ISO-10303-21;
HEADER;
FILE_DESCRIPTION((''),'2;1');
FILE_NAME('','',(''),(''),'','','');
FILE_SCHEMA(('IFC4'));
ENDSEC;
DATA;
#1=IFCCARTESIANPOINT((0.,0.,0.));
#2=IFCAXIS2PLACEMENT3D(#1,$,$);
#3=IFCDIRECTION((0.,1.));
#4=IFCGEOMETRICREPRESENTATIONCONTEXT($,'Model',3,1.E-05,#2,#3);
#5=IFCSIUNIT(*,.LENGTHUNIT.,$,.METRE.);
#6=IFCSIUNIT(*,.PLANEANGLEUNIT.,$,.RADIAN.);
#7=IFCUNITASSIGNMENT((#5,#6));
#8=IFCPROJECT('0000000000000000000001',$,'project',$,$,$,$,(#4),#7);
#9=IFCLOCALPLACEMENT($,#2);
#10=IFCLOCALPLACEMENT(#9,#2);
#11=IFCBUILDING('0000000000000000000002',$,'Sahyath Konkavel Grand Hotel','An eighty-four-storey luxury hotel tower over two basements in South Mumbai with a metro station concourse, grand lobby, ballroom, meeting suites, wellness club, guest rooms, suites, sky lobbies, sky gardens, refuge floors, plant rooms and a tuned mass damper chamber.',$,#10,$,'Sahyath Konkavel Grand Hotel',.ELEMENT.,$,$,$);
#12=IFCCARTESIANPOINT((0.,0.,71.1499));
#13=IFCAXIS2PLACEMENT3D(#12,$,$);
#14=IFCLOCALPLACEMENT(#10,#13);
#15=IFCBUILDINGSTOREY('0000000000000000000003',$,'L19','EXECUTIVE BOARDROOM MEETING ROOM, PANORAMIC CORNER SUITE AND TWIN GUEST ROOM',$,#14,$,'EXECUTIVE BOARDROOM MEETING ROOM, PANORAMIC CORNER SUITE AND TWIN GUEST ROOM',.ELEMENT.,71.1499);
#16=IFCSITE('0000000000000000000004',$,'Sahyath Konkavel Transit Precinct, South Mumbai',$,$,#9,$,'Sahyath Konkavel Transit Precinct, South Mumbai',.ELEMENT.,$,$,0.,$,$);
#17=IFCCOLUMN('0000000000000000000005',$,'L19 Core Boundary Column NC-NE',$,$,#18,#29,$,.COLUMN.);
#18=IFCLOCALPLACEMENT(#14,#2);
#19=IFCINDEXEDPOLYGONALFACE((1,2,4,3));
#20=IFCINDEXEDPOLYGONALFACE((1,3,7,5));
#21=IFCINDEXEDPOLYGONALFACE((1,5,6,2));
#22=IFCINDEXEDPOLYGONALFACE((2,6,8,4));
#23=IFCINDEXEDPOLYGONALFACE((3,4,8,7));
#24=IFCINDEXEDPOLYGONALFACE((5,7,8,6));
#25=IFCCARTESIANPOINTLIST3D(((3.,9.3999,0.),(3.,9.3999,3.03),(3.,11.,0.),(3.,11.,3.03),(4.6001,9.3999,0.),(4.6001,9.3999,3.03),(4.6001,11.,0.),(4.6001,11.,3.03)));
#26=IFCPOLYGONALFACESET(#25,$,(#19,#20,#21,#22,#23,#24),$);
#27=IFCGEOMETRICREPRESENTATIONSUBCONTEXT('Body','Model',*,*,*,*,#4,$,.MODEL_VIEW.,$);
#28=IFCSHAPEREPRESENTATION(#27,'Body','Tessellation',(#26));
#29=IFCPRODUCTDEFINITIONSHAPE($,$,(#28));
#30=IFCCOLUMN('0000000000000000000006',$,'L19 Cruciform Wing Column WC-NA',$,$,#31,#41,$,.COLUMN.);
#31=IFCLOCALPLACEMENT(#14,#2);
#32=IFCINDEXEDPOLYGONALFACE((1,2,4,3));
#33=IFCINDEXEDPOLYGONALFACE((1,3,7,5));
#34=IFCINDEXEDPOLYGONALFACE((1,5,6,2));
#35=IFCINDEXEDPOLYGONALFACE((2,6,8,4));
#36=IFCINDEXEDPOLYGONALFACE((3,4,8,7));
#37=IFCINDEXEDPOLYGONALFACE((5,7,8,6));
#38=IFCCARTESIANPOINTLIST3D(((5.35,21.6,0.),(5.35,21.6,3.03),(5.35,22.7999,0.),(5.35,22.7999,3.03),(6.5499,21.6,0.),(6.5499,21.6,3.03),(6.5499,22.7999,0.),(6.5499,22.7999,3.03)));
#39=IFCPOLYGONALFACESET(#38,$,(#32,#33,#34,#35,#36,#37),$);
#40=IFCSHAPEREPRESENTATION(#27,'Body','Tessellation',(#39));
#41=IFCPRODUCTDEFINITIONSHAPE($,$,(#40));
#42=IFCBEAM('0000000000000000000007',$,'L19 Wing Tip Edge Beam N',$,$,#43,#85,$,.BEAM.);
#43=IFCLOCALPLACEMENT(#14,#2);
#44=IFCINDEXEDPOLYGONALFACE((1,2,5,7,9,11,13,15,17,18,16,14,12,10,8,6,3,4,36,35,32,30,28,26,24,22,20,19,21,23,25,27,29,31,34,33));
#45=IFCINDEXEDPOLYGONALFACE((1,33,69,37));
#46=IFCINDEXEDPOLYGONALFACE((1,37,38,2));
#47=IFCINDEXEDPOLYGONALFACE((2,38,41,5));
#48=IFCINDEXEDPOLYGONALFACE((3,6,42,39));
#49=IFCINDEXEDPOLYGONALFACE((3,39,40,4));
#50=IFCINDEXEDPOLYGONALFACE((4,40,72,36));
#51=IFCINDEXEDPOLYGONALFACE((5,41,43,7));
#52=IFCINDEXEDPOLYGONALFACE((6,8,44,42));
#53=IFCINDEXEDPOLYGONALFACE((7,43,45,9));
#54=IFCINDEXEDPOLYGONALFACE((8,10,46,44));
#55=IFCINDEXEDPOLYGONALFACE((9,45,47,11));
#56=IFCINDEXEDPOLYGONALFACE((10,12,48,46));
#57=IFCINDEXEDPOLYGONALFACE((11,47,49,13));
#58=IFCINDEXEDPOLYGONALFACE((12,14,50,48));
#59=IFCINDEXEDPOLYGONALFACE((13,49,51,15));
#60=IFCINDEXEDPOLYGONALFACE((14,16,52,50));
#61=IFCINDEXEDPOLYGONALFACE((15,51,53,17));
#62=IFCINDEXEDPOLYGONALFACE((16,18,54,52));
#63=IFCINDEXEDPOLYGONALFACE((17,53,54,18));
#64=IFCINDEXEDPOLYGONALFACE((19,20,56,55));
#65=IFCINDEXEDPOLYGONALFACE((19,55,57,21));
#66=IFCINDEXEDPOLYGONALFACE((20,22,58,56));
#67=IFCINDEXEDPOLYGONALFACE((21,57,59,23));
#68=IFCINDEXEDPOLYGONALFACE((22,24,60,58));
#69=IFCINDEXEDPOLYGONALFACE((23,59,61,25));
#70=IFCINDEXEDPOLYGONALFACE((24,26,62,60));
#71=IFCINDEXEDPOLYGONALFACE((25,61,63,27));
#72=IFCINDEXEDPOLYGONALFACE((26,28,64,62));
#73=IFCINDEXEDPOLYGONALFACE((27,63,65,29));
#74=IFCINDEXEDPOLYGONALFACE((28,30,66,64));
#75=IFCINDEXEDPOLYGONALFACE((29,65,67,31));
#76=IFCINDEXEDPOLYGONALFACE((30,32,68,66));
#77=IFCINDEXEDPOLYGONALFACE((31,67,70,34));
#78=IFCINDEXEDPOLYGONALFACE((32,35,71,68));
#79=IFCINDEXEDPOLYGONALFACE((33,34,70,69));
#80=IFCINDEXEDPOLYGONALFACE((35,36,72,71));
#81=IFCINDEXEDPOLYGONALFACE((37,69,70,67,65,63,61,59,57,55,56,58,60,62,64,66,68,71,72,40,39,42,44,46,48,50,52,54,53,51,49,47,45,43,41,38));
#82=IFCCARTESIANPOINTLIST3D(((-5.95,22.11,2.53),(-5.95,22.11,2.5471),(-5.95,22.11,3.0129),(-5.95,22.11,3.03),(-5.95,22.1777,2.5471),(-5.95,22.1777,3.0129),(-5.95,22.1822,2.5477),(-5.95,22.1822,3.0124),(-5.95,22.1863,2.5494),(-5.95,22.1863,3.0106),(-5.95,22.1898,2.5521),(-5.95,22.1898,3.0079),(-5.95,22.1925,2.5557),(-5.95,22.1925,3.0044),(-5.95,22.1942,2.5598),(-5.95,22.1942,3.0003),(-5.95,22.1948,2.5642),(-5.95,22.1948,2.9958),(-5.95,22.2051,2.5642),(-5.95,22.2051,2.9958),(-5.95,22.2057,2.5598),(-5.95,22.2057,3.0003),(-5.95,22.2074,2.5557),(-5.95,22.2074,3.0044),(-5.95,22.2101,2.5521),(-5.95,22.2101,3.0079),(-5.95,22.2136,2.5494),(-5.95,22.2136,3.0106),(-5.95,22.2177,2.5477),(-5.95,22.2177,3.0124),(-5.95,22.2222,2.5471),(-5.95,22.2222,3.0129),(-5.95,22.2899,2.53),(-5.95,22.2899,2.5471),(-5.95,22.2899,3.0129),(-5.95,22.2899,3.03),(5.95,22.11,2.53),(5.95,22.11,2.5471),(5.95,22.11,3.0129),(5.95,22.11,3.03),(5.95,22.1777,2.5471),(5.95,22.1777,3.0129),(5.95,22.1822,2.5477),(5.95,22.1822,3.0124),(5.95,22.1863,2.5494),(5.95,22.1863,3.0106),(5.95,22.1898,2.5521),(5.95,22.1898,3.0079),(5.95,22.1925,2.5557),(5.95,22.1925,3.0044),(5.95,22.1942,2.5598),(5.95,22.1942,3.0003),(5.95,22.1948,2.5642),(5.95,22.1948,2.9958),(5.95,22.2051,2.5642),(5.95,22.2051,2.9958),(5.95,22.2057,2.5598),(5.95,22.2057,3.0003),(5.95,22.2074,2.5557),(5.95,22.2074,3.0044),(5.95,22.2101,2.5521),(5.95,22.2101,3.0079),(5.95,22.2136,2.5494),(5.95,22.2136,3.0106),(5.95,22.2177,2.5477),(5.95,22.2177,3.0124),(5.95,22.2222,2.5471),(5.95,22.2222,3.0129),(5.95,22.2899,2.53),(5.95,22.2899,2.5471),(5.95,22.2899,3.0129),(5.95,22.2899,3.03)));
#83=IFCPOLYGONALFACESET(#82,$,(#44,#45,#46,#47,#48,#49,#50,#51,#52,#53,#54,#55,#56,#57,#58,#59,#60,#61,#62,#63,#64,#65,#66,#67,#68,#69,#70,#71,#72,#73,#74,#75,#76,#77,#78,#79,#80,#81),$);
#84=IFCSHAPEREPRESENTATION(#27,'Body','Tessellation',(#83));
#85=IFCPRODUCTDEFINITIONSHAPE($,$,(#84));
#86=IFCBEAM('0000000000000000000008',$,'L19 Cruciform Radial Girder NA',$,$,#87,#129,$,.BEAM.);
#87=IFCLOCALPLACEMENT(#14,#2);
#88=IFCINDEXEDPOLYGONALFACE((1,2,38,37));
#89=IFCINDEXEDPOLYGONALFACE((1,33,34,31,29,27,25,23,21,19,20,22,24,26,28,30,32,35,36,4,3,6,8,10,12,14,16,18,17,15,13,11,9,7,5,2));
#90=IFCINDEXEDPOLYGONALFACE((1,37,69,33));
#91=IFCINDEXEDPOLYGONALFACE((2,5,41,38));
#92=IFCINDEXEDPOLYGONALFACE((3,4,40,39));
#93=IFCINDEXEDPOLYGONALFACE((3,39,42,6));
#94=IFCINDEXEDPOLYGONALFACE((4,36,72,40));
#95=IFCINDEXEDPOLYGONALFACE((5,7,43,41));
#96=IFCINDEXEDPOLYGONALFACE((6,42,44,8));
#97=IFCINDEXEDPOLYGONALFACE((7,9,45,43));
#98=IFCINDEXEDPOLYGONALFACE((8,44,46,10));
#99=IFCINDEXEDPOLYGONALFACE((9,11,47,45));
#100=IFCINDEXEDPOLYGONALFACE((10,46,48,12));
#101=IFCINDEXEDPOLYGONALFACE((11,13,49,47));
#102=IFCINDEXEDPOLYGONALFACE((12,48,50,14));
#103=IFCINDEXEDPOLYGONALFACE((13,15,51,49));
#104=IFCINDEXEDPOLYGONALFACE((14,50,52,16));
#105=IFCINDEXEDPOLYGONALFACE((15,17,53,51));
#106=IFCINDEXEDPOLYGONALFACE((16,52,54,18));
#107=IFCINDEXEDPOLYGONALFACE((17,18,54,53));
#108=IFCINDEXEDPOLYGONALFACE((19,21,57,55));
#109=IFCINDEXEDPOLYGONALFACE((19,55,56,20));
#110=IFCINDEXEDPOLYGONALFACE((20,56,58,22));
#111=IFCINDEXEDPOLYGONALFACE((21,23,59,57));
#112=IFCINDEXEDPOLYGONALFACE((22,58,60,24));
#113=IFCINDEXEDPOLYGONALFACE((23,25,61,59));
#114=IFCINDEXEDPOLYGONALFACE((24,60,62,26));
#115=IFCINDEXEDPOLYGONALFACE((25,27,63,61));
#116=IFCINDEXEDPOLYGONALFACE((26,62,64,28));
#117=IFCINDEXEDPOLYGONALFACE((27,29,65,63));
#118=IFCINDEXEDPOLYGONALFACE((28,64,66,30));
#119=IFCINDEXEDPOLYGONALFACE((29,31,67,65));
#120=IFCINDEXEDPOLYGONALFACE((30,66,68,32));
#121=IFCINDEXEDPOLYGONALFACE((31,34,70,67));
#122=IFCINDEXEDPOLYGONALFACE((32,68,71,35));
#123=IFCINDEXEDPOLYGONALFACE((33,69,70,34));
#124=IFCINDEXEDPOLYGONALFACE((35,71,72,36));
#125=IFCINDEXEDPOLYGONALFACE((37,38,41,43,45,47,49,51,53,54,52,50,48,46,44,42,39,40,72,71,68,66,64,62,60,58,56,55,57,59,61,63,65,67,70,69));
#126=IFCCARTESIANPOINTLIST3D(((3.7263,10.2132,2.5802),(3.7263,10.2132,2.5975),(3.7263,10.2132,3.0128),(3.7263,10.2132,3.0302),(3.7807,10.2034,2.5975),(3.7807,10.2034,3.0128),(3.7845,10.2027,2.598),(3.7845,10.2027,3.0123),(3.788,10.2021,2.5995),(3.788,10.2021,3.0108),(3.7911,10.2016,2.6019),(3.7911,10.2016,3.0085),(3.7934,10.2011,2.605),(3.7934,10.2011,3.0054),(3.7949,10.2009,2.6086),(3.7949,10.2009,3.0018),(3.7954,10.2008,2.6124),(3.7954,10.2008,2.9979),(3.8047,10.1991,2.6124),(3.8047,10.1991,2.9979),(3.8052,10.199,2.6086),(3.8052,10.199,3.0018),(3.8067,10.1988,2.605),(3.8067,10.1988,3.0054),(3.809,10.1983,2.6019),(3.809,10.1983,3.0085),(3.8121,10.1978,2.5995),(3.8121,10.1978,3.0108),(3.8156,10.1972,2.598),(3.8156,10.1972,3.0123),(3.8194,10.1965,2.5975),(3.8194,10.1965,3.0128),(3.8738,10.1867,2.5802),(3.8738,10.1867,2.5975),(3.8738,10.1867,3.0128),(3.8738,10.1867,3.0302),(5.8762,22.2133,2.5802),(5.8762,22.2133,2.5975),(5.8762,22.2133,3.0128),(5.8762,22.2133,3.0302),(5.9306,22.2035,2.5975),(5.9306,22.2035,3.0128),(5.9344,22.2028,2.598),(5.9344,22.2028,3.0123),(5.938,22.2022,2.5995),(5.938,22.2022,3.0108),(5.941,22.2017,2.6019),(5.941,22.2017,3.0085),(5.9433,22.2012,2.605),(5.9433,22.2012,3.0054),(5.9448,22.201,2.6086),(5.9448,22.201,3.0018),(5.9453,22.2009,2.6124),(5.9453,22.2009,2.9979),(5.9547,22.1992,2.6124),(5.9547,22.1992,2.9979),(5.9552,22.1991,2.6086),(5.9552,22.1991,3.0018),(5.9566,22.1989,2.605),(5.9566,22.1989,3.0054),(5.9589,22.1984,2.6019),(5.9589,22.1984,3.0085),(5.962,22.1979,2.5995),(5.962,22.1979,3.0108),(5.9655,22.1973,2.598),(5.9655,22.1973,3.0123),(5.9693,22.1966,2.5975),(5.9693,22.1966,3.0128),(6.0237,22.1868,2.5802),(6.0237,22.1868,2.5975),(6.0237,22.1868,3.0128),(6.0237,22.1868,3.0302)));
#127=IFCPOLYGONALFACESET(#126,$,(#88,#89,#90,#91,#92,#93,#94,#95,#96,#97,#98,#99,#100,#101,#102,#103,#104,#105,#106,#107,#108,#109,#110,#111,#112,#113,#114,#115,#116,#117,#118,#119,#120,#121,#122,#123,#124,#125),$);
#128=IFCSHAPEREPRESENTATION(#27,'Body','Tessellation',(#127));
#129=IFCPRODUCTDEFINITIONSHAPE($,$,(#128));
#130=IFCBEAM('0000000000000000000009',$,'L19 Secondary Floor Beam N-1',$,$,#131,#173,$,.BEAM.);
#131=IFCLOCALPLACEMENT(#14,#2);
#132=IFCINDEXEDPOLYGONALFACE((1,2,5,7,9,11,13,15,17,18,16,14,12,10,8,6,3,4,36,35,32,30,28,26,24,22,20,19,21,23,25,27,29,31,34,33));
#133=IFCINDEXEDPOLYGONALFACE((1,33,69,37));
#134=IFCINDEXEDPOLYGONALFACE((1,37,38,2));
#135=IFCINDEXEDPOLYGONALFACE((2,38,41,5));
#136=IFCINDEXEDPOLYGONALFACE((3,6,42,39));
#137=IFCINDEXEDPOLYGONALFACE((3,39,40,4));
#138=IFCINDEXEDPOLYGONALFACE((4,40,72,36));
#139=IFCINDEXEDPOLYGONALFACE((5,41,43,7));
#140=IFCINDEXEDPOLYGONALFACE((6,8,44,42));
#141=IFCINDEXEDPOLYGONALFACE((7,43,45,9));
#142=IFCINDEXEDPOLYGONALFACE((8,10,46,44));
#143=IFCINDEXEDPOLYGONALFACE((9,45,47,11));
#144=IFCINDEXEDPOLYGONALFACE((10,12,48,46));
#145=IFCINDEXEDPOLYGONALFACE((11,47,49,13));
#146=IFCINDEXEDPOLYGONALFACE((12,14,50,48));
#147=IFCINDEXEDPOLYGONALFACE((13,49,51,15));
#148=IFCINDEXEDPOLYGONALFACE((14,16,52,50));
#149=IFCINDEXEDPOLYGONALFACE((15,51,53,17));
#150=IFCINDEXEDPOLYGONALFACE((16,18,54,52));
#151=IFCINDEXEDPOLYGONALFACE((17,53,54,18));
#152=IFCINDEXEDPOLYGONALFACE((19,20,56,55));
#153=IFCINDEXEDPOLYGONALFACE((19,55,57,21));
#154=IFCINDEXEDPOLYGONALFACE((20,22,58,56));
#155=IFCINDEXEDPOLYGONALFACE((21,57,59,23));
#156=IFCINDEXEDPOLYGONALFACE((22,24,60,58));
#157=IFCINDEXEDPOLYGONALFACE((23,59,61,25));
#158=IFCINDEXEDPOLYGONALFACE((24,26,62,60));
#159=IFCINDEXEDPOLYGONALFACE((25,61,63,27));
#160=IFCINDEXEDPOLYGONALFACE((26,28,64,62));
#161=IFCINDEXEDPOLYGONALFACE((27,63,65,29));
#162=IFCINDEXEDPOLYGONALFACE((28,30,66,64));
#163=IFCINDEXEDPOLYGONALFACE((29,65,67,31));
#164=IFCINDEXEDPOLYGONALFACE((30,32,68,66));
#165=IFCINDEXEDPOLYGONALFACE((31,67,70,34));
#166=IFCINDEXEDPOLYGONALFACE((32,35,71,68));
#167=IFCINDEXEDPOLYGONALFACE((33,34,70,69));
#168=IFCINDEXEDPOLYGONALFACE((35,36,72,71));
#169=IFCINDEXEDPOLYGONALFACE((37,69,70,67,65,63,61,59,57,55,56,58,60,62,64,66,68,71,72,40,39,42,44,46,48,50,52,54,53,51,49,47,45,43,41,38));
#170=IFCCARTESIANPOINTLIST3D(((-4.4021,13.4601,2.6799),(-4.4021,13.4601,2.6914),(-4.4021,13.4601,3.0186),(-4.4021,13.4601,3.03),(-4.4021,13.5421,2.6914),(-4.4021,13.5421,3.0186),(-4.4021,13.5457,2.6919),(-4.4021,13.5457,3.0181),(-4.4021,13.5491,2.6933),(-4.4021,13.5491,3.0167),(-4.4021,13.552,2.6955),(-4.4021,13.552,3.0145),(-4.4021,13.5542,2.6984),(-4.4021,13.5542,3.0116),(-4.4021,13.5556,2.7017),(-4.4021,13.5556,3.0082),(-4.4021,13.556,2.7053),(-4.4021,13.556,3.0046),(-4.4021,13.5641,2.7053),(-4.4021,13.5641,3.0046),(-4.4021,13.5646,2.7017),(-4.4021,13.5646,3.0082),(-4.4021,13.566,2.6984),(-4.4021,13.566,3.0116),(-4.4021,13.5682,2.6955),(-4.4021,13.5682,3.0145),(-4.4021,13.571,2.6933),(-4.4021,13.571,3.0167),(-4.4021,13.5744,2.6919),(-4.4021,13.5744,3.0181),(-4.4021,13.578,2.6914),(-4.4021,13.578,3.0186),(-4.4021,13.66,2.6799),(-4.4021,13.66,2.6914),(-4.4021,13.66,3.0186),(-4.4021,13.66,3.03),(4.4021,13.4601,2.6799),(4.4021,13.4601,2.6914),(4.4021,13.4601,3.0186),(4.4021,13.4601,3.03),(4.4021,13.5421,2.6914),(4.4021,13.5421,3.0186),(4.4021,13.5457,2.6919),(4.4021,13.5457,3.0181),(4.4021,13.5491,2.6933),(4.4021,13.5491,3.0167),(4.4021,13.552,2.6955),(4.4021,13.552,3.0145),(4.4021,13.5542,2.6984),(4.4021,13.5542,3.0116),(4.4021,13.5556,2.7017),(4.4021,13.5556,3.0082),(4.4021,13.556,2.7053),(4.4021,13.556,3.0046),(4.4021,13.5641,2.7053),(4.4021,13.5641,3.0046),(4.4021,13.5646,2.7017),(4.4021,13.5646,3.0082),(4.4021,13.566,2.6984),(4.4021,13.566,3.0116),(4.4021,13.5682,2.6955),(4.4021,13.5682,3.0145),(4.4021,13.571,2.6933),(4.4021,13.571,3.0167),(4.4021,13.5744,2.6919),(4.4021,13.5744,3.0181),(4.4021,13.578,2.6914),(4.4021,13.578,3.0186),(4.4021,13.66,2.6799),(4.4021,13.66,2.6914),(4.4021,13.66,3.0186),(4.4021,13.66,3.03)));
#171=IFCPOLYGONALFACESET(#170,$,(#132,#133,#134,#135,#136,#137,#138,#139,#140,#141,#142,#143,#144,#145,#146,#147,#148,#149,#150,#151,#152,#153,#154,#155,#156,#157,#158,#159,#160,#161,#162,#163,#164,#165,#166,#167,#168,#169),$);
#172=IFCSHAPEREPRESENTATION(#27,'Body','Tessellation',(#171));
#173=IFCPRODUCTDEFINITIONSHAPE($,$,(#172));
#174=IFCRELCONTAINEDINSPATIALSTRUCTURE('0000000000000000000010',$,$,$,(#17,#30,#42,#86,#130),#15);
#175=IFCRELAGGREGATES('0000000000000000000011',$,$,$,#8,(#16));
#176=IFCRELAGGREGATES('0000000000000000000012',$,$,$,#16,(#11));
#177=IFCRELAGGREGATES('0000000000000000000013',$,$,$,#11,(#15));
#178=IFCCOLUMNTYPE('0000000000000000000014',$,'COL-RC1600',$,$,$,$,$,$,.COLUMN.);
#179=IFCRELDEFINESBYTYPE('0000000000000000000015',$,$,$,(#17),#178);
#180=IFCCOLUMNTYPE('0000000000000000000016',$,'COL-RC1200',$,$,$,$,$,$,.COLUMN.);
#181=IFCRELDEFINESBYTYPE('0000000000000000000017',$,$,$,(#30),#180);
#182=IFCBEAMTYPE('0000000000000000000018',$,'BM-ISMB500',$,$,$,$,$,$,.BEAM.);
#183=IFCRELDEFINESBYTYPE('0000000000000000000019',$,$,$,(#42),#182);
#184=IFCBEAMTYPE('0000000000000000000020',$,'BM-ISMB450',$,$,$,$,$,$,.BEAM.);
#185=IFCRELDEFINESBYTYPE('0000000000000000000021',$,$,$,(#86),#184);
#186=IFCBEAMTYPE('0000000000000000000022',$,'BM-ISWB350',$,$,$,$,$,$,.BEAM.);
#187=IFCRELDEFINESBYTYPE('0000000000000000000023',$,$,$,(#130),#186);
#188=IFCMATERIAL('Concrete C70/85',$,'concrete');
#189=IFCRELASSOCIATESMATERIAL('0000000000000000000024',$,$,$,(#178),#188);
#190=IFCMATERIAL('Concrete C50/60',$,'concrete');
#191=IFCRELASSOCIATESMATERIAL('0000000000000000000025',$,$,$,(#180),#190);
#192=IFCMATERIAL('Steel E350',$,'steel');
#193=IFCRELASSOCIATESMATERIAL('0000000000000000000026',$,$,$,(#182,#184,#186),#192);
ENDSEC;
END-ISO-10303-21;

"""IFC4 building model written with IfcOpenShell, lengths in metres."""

from ifc_helpers import new_model, si_unit, direction, frame, origin, origin_2d, place, context, subcontext, project, spatial, rectangle, i_section, extrude, source, transform, mapped, material, material_profile, profile_set, type_object, element, save


model = new_model("IFC4")

# Units and contexts
model_context = context("Model", 3, precision=1e-05, world=origin(), true_north=direction((0.0, 1.0)))
body_context = subcontext(model_context, "Body", "Model", "MODEL_VIEW")
ifc_project = project(units=[si_unit("LENGTHUNIT", "METRE"), si_unit("PLANEANGLEUNIT", "RADIAN")], contexts=[model_context])

# Site, building, storey
site_placement = place(None, origin())
site = spatial("IfcSite", under=ifc_project, at=site_placement, Name="Sahyath Konkavel Transit Precinct, South Mumbai", LongName="Sahyath Konkavel Transit Precinct, South Mumbai", CompositionType="ELEMENT", RefElevation=0.0)
building_placement = place(site_placement, origin())
building = spatial("IfcBuilding", under=site, at=building_placement, Name="Sahyath Konkavel Grand Hotel", Description="An eighty-four-storey luxury hotel tower over two basements in South Mumbai with a metro station concourse, grand lobby, ballroom, meeting suites, wellness club, guest rooms, suites, sky lobbies, sky gardens, refuge floors, plant rooms and a tuned mass damper chamber.", LongName="Sahyath Konkavel Grand Hotel", CompositionType="ELEMENT")
storey_placement = place(building_placement, frame((0.0, 0.0, 71.1499)))
storey = spatial("IfcBuildingStorey", under=building, at=storey_placement, Name="L19", Description="EXECUTIVE BOARDROOM MEETING ROOM, PANORAMIC CORNER SUITE AND TWIN GUEST ROOM", LongName="EXECUTIVE BOARDROOM MEETING ROOM, PANORAMIC CORNER SUITE AND TWIN GUEST ROOM", CompositionType="ELEMENT", Elevation=71.1499)

# Columns
ifc_material_1 = material(Name="Concrete C70/85", Category="concrete")
ifc_material_profile_1 = material_profile(ifc_material_1, rectangle(XDim=1.6001, YDim=1.6001, at=origin_2d()), Name="RC 1600x1600")
ifc_profile_set_1 = profile_set([ifc_material_profile_1], Name="Concrete C70/85")
column_type_1 = type_object("IfcColumnType", Name="COL-RC1600", PredefinedType="COLUMN", material=ifc_profile_set_1)
shared_shape_1 = source(origin(), body_context, "Body", "SweptSolid", [
    extrude(rectangle(XDim=1.6001, YDim=1.6001, at=origin_2d()), origin(), (0.0, 0.0, 1.0), 3.03),
])
column_1_placement = place(storey_placement, frame((3.8, 10.2, 0.0), z_axis=(0.0, 0.0, 1.0), x_axis=(1.0, 0.0, 0.0)))
element("IfcColumn", 1, at=column_1_placement, inside=storey, type_object=column_type_1, Name="L19 Core Boundary Column NC-NE", PredefinedType="COLUMN", context=body_context, shape_type="MappedRepresentation", body=[
    mapped(shared_shape_1, transform((0.0, 0.0, 0.0), scale=1.0)),
])
ifc_material_2 = material(Name="Concrete C50/60", Category="concrete")
ifc_material_profile_2 = material_profile(ifc_material_2, rectangle(XDim=1.2, YDim=1.2, at=origin_2d()), Name="RC 1200x1200")
ifc_profile_set_2 = profile_set([ifc_material_profile_2], Name="Concrete C50/60")
column_type_2 = type_object("IfcColumnType", Name="COL-RC1200", PredefinedType="COLUMN", material=ifc_profile_set_2)
shared_shape_2 = source(origin(), body_context, "Body", "SweptSolid", [
    extrude(rectangle(XDim=1.2, YDim=1.2, at=origin_2d()), origin(), (0.0, 0.0, 1.0), 3.03),
])
column_2_placement = place(storey_placement, frame((5.95, 22.2, 0.0), z_axis=(0.0, 0.0, 1.0), x_axis=(1.0, 0.0, 0.0)))
element("IfcColumn", 2, at=column_2_placement, inside=storey, type_object=column_type_2, Name="L19 Cruciform Wing Column WC-NA", PredefinedType="COLUMN", context=body_context, shape_type="MappedRepresentation", body=[
    mapped(shared_shape_2, transform((0.0, 0.0, 0.0), scale=1.0)),
])

# Beams
ifc_material_3 = material(Name="Steel E350", Category="steel")
ifc_material_profile_3 = material_profile(ifc_material_3, i_section(OverallWidth=0.1799, OverallDepth=0.5, WebThickness=0.0103, FlangeThickness=0.0171, FilletRadius=0.0171, at=origin_2d()), Name="ISMB 500")
ifc_profile_set_3 = profile_set([ifc_material_profile_3], Name="Steel E350")
beam_type_1 = type_object("IfcBeamType", Name="BM-ISMB500", PredefinedType="BEAM", material=ifc_profile_set_3)
shared_shape_3 = source(origin(), body_context, "Body", "SweptSolid", [
    extrude(i_section(OverallWidth=0.1799, OverallDepth=0.5, WebThickness=0.0103, FlangeThickness=0.0171, FilletRadius=0.0171, at=origin_2d()), origin(), (0.0, 0.0, 1.0), 11.8999),
])
beam_1_placement = place(storey_placement, frame((5.95, 22.2, 2.78), z_axis=(-1.0, 0.0, 0.0), x_axis=(0.0, -1.0, 0.0)))
element("IfcBeam", 3, at=beam_1_placement, inside=storey, type_object=beam_type_1, Name="L19 Wing Tip Edge Beam N", PredefinedType="BEAM", context=body_context, shape_type="MappedRepresentation", body=[
    mapped(shared_shape_3, transform((0.0, 0.0, 0.0), scale=1.0)),
])
ifc_material_profile_4 = material_profile(ifc_material_3, i_section(OverallWidth=0.1499, OverallDepth=0.45, WebThickness=0.0095, FlangeThickness=0.0173, FilletRadius=0.0149, at=origin_2d()), Name="ISMB 450")
ifc_profile_set_4 = profile_set([ifc_material_profile_4], Name="Steel E350")
beam_type_2 = type_object("IfcBeamType", Name="BM-ISMB450", PredefinedType="BEAM", material=ifc_profile_set_4)
shared_shape_4 = source(origin(), body_context, "Body", "SweptSolid", [
    extrude(i_section(OverallWidth=0.1499, OverallDepth=0.45, WebThickness=0.0095, FlangeThickness=0.0173, FilletRadius=0.0149, at=origin_2d()), origin(), (0.0, 0.0, 1.0), 12.1912),
])
beam_2_placement = place(storey_placement, frame((3.8, 10.2, 2.8052), z_axis=(0.176351, 0.984327, 0.0), x_axis=(-0.984327, 0.176351, 0.0)))
element("IfcBeam", 4, at=beam_2_placement, inside=storey, type_object=beam_type_2, Name="L19 Cruciform Radial Girder NA", PredefinedType="BEAM", context=body_context, shape_type="MappedRepresentation", body=[
    mapped(shared_shape_4, transform((0.0, 0.0, 0.0), scale=1.0)),
])
ifc_material_profile_5 = material_profile(ifc_material_3, i_section(OverallWidth=0.2, OverallDepth=0.3501, WebThickness=0.0081, FlangeThickness=0.0115, FilletRadius=0.0139, at=origin_2d()), Name="ISWB 350")
ifc_profile_set_5 = profile_set([ifc_material_profile_5], Name="Steel E350")
beam_type_3 = type_object("IfcBeamType", Name="BM-ISWB350", PredefinedType="BEAM", material=ifc_profile_set_5)
shared_shape_5 = source(origin(), body_context, "Body", "SweptSolid", [
    extrude(i_section(OverallWidth=0.2, OverallDepth=0.3501, WebThickness=0.0081, FlangeThickness=0.0115, FilletRadius=0.0139, at=origin_2d()), origin(), (0.0, 0.0, 1.0), 8.8042),
])
beam_3_placement = place(storey_placement, frame((4.4021, 13.5601, 2.855), z_axis=(-1.0, 0.0, 0.0), x_axis=(0.0, -1.0, 0.0)))
element("IfcBeam", 5, at=beam_3_placement, inside=storey, type_object=beam_type_3, Name="L19 Secondary Floor Beam N-1", PredefinedType="BEAM", context=body_context, shape_type="MappedRepresentation", body=[
    mapped(shared_shape_5, transform((0.0, 0.0, 0.0), scale=1.0)),
])

save(model, "model.ifc")
